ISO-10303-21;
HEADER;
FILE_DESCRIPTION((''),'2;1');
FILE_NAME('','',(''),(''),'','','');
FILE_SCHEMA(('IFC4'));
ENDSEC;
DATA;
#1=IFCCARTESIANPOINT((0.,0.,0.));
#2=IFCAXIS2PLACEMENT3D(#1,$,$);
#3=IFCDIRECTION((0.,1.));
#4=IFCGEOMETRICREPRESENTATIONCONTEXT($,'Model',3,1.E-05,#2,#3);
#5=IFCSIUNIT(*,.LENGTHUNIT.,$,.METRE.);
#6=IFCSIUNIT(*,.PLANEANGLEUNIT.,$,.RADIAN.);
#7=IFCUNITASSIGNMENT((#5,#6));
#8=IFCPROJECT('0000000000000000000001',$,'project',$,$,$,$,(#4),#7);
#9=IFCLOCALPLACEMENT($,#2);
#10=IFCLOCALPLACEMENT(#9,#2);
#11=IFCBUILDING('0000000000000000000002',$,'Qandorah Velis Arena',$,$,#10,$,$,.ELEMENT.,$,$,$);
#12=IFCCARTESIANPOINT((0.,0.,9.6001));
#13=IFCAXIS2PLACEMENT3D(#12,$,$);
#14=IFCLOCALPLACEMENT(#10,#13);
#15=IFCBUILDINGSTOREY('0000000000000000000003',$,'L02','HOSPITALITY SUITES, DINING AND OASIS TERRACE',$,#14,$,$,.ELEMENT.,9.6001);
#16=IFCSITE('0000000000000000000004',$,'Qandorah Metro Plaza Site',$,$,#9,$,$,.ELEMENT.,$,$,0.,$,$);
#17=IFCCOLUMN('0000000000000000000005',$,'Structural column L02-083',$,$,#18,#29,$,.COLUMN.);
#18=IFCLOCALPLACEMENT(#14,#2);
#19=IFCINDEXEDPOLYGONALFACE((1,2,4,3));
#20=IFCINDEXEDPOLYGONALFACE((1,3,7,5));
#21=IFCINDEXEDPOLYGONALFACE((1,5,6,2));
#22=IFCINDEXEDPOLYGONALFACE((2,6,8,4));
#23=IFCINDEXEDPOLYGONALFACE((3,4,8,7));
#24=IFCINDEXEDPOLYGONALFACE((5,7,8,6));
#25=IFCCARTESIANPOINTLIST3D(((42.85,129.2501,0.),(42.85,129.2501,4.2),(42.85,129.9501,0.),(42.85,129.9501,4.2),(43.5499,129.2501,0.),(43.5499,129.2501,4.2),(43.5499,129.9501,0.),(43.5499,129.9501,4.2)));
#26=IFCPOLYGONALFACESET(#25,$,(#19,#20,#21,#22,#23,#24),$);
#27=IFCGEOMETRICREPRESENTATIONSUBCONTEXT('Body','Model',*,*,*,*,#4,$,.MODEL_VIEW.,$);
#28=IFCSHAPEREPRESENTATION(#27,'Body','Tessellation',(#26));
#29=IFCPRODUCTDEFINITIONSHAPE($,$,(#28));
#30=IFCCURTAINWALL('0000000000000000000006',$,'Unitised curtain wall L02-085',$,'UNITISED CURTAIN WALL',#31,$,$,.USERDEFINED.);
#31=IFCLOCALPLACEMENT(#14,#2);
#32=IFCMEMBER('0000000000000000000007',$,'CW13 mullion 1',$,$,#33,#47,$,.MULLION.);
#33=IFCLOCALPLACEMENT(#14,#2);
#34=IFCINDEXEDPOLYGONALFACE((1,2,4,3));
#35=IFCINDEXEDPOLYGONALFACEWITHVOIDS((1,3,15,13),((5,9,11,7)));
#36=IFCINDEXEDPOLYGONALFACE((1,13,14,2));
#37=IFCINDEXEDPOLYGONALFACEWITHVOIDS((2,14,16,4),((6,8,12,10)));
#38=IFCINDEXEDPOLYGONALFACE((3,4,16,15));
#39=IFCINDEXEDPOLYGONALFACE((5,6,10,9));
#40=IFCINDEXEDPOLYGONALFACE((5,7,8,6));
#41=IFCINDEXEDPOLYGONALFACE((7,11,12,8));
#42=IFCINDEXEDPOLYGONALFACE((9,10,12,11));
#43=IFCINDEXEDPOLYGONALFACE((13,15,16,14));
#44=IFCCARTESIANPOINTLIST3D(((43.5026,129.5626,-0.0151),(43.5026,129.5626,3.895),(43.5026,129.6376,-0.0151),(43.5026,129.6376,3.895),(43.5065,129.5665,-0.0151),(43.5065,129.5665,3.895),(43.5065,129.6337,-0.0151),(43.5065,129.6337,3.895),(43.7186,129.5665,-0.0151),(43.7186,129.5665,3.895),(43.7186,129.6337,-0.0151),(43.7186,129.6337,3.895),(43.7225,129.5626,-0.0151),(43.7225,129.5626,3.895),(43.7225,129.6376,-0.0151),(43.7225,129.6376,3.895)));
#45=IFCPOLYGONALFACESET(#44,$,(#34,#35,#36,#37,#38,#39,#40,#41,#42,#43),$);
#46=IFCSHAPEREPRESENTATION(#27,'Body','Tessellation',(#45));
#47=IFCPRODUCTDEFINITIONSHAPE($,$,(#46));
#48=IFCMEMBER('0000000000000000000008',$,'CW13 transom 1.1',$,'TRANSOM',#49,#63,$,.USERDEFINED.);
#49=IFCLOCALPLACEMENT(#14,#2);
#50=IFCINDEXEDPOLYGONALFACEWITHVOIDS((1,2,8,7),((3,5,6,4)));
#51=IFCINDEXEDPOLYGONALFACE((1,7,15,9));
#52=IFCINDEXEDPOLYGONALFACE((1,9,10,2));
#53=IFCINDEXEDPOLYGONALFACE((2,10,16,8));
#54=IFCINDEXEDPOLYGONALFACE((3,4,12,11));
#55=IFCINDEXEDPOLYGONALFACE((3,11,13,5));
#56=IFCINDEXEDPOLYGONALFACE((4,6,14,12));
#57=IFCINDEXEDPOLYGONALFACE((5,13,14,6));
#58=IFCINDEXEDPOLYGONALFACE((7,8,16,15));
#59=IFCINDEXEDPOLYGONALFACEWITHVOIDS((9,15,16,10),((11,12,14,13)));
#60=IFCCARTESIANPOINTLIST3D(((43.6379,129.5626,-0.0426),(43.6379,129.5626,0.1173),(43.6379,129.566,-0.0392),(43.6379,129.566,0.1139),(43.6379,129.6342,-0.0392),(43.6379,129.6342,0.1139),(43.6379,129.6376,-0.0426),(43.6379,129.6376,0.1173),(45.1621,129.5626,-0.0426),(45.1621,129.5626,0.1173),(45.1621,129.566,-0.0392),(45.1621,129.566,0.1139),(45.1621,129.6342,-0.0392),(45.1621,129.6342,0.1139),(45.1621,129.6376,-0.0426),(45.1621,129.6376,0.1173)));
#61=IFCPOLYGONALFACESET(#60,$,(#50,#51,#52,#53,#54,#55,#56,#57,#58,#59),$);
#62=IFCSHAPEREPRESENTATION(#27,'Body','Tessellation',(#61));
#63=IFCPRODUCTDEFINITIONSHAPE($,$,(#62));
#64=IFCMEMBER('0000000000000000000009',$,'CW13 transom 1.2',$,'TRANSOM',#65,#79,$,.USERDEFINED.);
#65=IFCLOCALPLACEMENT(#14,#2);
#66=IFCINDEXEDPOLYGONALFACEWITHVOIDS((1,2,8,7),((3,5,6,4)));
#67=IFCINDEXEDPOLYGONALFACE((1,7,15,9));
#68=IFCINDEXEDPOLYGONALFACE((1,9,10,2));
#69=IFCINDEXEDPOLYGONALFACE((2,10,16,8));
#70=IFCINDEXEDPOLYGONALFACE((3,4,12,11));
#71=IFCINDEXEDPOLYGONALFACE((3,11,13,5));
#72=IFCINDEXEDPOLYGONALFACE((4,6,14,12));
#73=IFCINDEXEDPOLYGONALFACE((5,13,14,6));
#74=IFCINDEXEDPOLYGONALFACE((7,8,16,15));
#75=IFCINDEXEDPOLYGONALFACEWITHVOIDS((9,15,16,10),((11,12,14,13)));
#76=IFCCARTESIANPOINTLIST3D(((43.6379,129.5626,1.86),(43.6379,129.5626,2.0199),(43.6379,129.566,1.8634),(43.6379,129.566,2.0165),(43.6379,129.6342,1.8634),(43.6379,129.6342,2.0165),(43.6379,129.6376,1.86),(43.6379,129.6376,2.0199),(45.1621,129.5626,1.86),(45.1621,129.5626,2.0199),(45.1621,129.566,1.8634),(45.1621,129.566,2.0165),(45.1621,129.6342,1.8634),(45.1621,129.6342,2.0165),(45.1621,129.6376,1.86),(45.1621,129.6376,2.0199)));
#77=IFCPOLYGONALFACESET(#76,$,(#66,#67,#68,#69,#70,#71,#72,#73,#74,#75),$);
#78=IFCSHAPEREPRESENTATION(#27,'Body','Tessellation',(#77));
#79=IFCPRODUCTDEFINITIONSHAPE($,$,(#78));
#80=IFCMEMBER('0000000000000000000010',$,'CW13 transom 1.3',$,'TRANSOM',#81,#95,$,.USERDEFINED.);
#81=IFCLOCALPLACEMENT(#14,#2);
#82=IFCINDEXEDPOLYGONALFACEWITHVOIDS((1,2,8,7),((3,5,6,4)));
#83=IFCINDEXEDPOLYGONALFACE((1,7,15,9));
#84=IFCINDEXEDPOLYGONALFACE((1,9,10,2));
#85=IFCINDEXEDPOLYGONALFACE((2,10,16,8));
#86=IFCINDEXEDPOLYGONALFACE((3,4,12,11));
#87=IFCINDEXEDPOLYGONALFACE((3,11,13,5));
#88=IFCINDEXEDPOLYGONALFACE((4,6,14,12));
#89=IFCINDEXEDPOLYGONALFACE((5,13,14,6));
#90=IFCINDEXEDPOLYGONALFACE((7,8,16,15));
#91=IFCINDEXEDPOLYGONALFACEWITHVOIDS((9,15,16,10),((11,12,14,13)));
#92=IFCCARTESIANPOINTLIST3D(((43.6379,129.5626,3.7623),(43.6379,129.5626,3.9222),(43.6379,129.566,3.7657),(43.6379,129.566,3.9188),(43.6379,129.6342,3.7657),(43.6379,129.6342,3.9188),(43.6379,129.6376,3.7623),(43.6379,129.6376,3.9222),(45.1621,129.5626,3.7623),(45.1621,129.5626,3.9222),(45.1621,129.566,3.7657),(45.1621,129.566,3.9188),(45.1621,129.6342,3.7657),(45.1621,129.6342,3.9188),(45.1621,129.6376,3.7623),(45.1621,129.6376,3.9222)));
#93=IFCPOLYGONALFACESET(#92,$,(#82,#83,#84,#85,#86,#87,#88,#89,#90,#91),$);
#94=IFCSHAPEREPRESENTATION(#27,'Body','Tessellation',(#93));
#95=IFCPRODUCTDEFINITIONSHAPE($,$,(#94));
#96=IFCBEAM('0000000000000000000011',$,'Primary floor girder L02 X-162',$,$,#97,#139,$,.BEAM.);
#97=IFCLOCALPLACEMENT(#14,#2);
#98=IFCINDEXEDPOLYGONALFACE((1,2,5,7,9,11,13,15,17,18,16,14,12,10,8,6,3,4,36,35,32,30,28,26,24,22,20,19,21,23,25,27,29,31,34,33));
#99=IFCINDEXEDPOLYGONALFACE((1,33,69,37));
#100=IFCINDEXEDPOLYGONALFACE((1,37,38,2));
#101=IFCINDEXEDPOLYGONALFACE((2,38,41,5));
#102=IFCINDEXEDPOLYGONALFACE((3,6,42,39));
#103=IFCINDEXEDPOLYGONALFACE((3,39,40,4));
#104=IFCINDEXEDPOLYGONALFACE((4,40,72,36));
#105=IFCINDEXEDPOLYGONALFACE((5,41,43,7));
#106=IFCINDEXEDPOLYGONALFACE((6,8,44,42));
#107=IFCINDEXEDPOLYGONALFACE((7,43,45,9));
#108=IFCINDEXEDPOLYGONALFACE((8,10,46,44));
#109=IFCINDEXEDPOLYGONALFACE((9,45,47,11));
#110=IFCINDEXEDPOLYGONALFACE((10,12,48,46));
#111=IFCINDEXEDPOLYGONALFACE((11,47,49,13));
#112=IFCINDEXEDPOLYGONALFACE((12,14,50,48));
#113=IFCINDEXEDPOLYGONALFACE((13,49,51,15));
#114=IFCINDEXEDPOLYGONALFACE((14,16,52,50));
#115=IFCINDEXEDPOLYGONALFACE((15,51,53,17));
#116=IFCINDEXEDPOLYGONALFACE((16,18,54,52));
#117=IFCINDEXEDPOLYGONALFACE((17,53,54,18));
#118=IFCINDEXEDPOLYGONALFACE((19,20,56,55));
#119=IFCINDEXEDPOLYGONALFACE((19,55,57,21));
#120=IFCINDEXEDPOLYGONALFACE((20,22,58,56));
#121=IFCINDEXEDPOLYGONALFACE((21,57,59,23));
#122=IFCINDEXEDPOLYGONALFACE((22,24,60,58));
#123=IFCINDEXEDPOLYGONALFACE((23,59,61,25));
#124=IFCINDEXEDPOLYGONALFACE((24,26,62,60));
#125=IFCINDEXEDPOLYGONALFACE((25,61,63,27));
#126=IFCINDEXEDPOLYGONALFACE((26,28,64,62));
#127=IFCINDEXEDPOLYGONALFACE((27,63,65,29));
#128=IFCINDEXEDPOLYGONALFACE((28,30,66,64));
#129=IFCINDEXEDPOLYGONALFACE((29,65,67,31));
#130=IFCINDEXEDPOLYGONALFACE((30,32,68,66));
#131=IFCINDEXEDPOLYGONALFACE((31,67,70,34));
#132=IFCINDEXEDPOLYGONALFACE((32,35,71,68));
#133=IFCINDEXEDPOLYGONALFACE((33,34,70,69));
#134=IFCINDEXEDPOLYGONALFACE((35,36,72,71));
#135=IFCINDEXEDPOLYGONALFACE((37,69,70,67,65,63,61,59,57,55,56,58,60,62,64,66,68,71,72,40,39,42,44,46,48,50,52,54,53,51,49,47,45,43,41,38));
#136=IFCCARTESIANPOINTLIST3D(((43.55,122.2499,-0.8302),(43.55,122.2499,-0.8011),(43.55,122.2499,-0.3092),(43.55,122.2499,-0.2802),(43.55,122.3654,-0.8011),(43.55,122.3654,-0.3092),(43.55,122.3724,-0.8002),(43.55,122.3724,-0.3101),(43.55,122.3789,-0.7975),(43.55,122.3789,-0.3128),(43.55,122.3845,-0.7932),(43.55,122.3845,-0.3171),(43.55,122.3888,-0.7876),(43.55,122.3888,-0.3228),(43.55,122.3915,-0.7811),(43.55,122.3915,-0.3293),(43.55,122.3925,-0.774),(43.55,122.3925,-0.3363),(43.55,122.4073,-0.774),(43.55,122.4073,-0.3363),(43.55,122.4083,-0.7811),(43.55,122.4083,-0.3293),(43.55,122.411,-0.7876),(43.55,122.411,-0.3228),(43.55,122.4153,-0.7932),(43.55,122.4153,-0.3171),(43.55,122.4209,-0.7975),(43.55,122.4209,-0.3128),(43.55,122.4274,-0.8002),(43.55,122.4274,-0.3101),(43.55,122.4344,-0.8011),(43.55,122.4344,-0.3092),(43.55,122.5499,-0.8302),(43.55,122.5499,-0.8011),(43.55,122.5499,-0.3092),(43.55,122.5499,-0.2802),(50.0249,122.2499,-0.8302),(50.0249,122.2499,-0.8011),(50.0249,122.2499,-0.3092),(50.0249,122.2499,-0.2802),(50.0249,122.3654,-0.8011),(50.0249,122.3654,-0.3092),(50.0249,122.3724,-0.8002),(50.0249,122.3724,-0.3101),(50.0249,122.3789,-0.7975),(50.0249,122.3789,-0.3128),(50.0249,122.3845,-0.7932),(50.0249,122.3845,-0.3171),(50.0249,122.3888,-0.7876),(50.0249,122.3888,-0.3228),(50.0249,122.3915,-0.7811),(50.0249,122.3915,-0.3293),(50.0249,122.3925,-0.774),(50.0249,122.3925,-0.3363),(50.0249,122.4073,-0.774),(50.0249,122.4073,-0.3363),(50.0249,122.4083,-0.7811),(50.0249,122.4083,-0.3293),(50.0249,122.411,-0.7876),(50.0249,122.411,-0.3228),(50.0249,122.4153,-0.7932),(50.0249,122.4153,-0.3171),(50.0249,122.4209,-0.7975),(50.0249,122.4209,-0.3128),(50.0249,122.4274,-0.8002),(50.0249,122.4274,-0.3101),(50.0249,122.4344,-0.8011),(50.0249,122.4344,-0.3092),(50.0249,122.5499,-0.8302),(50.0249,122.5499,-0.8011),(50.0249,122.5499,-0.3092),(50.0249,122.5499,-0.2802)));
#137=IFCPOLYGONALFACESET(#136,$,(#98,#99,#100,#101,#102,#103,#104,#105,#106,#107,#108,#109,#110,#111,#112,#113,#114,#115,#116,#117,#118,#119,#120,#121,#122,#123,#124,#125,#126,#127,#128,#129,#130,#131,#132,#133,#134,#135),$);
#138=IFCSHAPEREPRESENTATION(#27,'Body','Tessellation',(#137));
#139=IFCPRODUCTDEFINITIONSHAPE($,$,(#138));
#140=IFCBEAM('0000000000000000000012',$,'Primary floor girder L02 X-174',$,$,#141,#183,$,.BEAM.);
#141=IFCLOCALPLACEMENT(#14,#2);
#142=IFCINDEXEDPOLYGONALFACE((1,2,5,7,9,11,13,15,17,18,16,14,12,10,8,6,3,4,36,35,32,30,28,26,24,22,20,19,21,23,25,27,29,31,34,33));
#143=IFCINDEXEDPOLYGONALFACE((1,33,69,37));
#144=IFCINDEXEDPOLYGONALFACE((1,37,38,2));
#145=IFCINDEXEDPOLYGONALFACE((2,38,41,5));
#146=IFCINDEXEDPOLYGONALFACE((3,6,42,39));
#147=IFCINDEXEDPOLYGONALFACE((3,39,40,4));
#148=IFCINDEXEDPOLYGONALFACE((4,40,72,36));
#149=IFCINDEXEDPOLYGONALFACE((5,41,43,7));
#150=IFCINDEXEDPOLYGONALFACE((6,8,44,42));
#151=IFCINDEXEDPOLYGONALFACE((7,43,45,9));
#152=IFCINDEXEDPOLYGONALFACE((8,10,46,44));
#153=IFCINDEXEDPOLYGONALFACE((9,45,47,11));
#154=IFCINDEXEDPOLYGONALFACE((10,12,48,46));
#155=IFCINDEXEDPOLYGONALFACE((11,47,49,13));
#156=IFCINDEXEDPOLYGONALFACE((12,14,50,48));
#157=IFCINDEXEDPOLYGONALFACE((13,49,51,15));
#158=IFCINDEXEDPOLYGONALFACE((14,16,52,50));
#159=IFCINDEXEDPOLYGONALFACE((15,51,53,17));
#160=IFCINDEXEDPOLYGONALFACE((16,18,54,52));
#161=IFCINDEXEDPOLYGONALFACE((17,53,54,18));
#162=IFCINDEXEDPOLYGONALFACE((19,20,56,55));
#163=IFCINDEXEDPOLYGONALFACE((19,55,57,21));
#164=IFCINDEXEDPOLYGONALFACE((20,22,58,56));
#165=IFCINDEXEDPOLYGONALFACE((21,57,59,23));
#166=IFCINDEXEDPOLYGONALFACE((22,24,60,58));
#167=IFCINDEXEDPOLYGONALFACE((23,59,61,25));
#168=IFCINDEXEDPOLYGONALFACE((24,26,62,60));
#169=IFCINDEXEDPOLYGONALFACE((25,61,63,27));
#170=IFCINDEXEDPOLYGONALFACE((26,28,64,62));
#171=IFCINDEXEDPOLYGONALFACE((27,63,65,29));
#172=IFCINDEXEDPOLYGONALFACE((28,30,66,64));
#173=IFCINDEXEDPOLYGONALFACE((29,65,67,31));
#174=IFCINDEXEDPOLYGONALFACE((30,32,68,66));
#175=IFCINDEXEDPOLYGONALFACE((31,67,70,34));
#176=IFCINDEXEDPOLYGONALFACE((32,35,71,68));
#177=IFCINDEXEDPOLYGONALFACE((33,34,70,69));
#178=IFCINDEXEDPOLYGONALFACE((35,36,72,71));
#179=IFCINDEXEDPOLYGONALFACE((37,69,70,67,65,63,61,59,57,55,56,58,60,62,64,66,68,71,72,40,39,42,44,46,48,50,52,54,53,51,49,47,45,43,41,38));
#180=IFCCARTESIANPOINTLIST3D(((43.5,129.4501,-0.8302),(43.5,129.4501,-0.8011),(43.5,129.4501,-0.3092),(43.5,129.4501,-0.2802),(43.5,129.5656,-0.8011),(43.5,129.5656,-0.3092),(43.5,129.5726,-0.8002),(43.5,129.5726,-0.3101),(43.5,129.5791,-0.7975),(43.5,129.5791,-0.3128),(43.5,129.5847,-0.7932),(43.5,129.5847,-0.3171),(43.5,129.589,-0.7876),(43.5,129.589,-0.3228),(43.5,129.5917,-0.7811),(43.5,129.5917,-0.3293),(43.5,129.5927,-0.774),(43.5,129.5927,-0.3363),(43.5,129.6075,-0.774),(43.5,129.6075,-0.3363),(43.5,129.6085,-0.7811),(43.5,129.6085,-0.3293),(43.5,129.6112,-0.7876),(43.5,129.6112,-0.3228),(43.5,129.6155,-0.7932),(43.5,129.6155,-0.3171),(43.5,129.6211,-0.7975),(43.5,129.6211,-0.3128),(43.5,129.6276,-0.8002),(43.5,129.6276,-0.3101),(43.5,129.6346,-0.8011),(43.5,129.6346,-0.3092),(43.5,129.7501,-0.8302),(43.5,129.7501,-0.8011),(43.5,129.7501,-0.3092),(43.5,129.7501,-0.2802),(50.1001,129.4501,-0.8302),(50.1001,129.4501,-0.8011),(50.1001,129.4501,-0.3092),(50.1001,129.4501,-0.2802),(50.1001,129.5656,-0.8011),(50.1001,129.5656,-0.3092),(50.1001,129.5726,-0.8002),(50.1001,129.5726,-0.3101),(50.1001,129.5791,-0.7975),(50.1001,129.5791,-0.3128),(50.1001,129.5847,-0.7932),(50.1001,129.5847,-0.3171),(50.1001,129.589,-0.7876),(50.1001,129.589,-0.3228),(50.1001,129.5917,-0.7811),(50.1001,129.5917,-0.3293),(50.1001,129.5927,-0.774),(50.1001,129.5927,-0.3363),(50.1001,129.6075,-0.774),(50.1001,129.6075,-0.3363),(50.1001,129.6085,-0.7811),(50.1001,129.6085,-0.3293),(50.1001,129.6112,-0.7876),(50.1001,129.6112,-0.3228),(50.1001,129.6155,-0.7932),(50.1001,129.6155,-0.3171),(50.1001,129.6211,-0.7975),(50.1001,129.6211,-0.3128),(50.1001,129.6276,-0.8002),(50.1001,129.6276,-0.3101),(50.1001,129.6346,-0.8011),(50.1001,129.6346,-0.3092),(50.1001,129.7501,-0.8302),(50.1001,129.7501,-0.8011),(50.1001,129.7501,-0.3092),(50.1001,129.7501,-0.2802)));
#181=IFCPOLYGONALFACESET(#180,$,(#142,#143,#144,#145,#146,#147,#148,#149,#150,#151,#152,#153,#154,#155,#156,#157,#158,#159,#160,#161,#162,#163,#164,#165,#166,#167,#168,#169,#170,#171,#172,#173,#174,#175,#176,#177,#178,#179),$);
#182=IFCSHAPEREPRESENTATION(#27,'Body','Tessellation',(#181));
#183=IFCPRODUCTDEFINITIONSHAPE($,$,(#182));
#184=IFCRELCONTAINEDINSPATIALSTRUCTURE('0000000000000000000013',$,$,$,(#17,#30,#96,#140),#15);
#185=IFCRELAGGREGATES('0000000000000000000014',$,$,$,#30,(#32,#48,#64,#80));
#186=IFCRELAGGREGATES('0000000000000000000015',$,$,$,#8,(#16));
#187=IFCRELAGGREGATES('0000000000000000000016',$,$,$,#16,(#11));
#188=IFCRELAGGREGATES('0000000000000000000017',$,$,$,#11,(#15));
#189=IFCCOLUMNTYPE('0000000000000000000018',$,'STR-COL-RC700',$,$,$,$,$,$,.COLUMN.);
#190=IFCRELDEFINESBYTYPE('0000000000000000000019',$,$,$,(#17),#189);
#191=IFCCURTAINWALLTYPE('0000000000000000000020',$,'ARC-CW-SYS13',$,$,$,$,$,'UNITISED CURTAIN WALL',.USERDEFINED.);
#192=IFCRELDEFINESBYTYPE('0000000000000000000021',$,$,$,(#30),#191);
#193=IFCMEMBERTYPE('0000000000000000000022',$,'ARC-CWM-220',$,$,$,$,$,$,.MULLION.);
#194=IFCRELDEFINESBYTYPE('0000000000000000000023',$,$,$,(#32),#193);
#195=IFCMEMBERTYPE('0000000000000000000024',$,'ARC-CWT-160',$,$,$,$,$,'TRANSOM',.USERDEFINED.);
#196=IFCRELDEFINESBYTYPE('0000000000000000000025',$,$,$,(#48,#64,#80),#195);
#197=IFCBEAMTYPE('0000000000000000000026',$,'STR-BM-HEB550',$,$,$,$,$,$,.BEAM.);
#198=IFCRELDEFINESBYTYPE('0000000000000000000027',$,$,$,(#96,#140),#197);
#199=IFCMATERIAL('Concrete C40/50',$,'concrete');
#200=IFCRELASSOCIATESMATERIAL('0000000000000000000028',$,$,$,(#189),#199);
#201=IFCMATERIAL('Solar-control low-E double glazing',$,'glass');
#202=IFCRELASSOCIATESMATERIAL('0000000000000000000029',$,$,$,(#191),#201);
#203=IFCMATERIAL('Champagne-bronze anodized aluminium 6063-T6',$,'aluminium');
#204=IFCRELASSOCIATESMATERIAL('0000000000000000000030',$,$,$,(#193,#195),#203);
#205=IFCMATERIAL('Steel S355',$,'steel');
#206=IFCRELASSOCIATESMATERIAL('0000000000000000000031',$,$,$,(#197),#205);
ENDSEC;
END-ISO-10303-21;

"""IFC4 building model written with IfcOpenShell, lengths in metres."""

from ifc_helpers import new_model, si_unit, direction, frame, origin, origin_2d, place, context, subcontext, project, spatial, rectangle, hollow_rectangle, i_section, extrude, material, material_profile, profile_set, type_object, element, aggregate, save


model = new_model("IFC4")

# Units and contexts
model_context = context("Model", 3, precision=1e-05, world=origin(), true_north=direction((0.0, 1.0)))
body_context = subcontext(model_context, "Body", "Model", "MODEL_VIEW")
ifc_project = project(units=[si_unit("LENGTHUNIT", "METRE"), si_unit("PLANEANGLEUNIT", "RADIAN")], contexts=[model_context])

# Site, building, storey
site_placement = place(None, origin())
site = spatial("IfcSite", under=ifc_project, at=site_placement, Name="Qandorah Metro Plaza Site", CompositionType="ELEMENT", RefElevation=0.0)
building_placement = place(site_placement, origin())
building = spatial("IfcBuilding", under=site, at=building_placement, Name="Qandorah Velis Arena", CompositionType="ELEMENT")
storey_placement = place(building_placement, frame((0.0, 0.0, 9.6001)))
storey = spatial("IfcBuildingStorey", under=building, at=storey_placement, Name="L02", Description="HOSPITALITY SUITES, DINING AND OASIS TERRACE", CompositionType="ELEMENT", Elevation=9.6001)

# Column
ifc_material_1 = material(Name="Concrete C40/50", Category="concrete")
ifc_material_profile_1 = material_profile(ifc_material_1, rectangle(XDim=0.7, YDim=0.7, at=origin_2d()), Name="RC COL 700x700")
ifc_profile_set_1 = profile_set([ifc_material_profile_1], Name="Concrete C40/50")
column_type = type_object("IfcColumnType", Name="STR-COL-RC700", PredefinedType="COLUMN", material=ifc_profile_set_1)
column_placement = place(storey_placement, frame((43.2, 129.6001, 0.0), z_axis=(0.0, 0.0, 1.0), x_axis=(1.0, 0.0, 0.0)))
element("IfcColumn", 1, at=column_placement, inside=storey, type_object=column_type, Name="Structural column L02-083", PredefinedType="COLUMN", context=body_context, shape_type="SweptSolid", body=[
    extrude(rectangle(XDim=0.7, YDim=0.7, at=origin_2d()), origin(), (0.0, 0.0, 1.0), 4.2),
])

# Curtain wall, members
ifc_material_2 = material(Name="Solar-control low-E double glazing", Category="glass")
curtain_wall_type = type_object("IfcCurtainWallType", Name="ARC-CW-SYS13", ElementType="UNITISED CURTAIN WALL", PredefinedType="USERDEFINED", material=ifc_material_2)
curtain_wall_placement = place(storey_placement, origin())
curtain_wall = element("IfcCurtainWall", 2, at=curtain_wall_placement, inside=storey, type_object=curtain_wall_type, Name="Unitised curtain wall L02-085", ObjectType="UNITISED CURTAIN WALL", PredefinedType="USERDEFINED")
ifc_material_3 = material(Name="Champagne-bronze anodized aluminium 6063-T6", Category="aluminium")
ifc_material_profile_2 = material_profile(ifc_material_3, hollow_rectangle(XDim=0.075, YDim=0.22, WallThickness=0.0039, at=origin_2d()), Name="ALU MULLION 75x220")
ifc_profile_set_2 = profile_set([ifc_material_profile_2], Name="Champagne-bronze anodized aluminium 6063-T6")
member_type_1 = type_object("IfcMemberType", Name="ARC-CWM-220", PredefinedType="MULLION", material=ifc_profile_set_2)
member_1_placement = place(storey_placement, frame((43.6125, 129.6001, -0.0151), z_axis=(0.0, 0.0, 1.0), x_axis=(0.0, 1.0, 0.0)))
member_1 = element("IfcMember", 3, at=member_1_placement, type_object=member_type_1, Name="CW13 mullion 1", PredefinedType="MULLION", context=body_context, shape_type="SweptSolid", body=[
    extrude(hollow_rectangle(XDim=0.075, YDim=0.22, WallThickness=0.0039, at=origin_2d()), origin(), (0.0, 0.0, 1.0), 3.9102),
])
ifc_material_profile_3 = material_profile(ifc_material_3, hollow_rectangle(XDim=0.075, YDim=0.1599, WallThickness=0.0034, at=origin_2d()), Name="ALU TRANSOM 75x160")
ifc_profile_set_3 = profile_set([ifc_material_profile_3], Name="Champagne-bronze anodized aluminium 6063-T6")
member_type_2 = type_object("IfcMemberType", Name="ARC-CWT-160", ElementType="TRANSOM", PredefinedType="USERDEFINED", material=ifc_profile_set_3)
member_2_placement = place(storey_placement, frame((43.6379, 129.6001, 0.0374), z_axis=(1.0, 0.0, 0.0), x_axis=(0.0, 1.0, 0.0)))
member_2 = element("IfcMember", 4, at=member_2_placement, type_object=member_type_2, Name="CW13 transom 1.1", ObjectType="TRANSOM", PredefinedType="USERDEFINED", context=body_context, shape_type="SweptSolid", body=[
    extrude(hollow_rectangle(XDim=0.075, YDim=0.1599, WallThickness=0.0034, at=origin_2d()), origin(), (0.0, 0.0, 1.0), 1.5242),
])
member_3_placement = place(storey_placement, frame((43.6379, 129.6001, 1.9399), z_axis=(1.0, 0.0, 0.0), x_axis=(0.0, 1.0, 0.0)))
member_3 = element("IfcMember", 5, at=member_3_placement, type_object=member_type_2, Name="CW13 transom 1.2", ObjectType="TRANSOM", PredefinedType="USERDEFINED", context=body_context, shape_type="SweptSolid", body=[
    extrude(hollow_rectangle(XDim=0.075, YDim=0.1599, WallThickness=0.0034, at=origin_2d()), origin(), (0.0, 0.0, 1.0), 1.5242),
])
member_4_placement = place(storey_placement, frame((43.6379, 129.6001, 3.8423), z_axis=(1.0, 0.0, 0.0), x_axis=(0.0, 1.0, 0.0)))
member_4 = element("IfcMember", 6, at=member_4_placement, type_object=member_type_2, Name="CW13 transom 1.3", ObjectType="TRANSOM", PredefinedType="USERDEFINED", context=body_context, shape_type="SweptSolid", body=[
    extrude(hollow_rectangle(XDim=0.075, YDim=0.1599, WallThickness=0.0034, at=origin_2d()), origin(), (0.0, 0.0, 1.0), 1.5242),
])

# Beams
ifc_material_4 = material(Name="Steel S355", Category="steel")
ifc_material_profile_4 = material_profile(ifc_material_4, i_section(OverallWidth=0.3, OverallDepth=0.55, WebThickness=0.0149, FlangeThickness=0.0291, FilletRadius=0.0271, at=origin_2d()), Name="HEB 550")
ifc_profile_set_4 = profile_set([ifc_material_profile_4], Name="Steel S355")
beam_type_1 = type_object("IfcBeamType", Name="STR-BM-HEB550", PredefinedType="BEAM", material=ifc_profile_set_4)
beam_1_placement = place(storey_placement, frame((43.55, 122.3999, -0.5552), z_axis=(1.0, 0.0, 0.0), x_axis=(0.0, 1.0, 0.0)))
element("IfcBeam", 7, at=beam_1_placement, inside=storey, type_object=beam_type_1, Name="Primary floor girder L02 X-162", PredefinedType="BEAM", context=body_context, shape_type="SweptSolid", body=[
    extrude(i_section(OverallWidth=0.3, OverallDepth=0.55, WebThickness=0.0149, FlangeThickness=0.0291, FilletRadius=0.0271, at=origin_2d()), origin(), (0.0, 0.0, 1.0), 6.4749),
])
beam_2_placement = place(storey_placement, frame((43.5, 129.6001, -0.5552), z_axis=(1.0, 0.0, 0.0), x_axis=(0.0, 1.0, 0.0)))
element("IfcBeam", 8, at=beam_2_placement, inside=storey, type_object=beam_type_1, Name="Primary floor girder L02 X-174", PredefinedType="BEAM", context=body_context, shape_type="SweptSolid", body=[
    extrude(i_section(OverallWidth=0.3, OverallDepth=0.55, WebThickness=0.0149, FlangeThickness=0.0291, FilletRadius=0.0271, at=origin_2d()), origin(), (0.0, 0.0, 1.0), 6.6001),
])

aggregate(curtain_wall, [member_1, member_2, member_3, member_4])

save(model, "model.ifc")
